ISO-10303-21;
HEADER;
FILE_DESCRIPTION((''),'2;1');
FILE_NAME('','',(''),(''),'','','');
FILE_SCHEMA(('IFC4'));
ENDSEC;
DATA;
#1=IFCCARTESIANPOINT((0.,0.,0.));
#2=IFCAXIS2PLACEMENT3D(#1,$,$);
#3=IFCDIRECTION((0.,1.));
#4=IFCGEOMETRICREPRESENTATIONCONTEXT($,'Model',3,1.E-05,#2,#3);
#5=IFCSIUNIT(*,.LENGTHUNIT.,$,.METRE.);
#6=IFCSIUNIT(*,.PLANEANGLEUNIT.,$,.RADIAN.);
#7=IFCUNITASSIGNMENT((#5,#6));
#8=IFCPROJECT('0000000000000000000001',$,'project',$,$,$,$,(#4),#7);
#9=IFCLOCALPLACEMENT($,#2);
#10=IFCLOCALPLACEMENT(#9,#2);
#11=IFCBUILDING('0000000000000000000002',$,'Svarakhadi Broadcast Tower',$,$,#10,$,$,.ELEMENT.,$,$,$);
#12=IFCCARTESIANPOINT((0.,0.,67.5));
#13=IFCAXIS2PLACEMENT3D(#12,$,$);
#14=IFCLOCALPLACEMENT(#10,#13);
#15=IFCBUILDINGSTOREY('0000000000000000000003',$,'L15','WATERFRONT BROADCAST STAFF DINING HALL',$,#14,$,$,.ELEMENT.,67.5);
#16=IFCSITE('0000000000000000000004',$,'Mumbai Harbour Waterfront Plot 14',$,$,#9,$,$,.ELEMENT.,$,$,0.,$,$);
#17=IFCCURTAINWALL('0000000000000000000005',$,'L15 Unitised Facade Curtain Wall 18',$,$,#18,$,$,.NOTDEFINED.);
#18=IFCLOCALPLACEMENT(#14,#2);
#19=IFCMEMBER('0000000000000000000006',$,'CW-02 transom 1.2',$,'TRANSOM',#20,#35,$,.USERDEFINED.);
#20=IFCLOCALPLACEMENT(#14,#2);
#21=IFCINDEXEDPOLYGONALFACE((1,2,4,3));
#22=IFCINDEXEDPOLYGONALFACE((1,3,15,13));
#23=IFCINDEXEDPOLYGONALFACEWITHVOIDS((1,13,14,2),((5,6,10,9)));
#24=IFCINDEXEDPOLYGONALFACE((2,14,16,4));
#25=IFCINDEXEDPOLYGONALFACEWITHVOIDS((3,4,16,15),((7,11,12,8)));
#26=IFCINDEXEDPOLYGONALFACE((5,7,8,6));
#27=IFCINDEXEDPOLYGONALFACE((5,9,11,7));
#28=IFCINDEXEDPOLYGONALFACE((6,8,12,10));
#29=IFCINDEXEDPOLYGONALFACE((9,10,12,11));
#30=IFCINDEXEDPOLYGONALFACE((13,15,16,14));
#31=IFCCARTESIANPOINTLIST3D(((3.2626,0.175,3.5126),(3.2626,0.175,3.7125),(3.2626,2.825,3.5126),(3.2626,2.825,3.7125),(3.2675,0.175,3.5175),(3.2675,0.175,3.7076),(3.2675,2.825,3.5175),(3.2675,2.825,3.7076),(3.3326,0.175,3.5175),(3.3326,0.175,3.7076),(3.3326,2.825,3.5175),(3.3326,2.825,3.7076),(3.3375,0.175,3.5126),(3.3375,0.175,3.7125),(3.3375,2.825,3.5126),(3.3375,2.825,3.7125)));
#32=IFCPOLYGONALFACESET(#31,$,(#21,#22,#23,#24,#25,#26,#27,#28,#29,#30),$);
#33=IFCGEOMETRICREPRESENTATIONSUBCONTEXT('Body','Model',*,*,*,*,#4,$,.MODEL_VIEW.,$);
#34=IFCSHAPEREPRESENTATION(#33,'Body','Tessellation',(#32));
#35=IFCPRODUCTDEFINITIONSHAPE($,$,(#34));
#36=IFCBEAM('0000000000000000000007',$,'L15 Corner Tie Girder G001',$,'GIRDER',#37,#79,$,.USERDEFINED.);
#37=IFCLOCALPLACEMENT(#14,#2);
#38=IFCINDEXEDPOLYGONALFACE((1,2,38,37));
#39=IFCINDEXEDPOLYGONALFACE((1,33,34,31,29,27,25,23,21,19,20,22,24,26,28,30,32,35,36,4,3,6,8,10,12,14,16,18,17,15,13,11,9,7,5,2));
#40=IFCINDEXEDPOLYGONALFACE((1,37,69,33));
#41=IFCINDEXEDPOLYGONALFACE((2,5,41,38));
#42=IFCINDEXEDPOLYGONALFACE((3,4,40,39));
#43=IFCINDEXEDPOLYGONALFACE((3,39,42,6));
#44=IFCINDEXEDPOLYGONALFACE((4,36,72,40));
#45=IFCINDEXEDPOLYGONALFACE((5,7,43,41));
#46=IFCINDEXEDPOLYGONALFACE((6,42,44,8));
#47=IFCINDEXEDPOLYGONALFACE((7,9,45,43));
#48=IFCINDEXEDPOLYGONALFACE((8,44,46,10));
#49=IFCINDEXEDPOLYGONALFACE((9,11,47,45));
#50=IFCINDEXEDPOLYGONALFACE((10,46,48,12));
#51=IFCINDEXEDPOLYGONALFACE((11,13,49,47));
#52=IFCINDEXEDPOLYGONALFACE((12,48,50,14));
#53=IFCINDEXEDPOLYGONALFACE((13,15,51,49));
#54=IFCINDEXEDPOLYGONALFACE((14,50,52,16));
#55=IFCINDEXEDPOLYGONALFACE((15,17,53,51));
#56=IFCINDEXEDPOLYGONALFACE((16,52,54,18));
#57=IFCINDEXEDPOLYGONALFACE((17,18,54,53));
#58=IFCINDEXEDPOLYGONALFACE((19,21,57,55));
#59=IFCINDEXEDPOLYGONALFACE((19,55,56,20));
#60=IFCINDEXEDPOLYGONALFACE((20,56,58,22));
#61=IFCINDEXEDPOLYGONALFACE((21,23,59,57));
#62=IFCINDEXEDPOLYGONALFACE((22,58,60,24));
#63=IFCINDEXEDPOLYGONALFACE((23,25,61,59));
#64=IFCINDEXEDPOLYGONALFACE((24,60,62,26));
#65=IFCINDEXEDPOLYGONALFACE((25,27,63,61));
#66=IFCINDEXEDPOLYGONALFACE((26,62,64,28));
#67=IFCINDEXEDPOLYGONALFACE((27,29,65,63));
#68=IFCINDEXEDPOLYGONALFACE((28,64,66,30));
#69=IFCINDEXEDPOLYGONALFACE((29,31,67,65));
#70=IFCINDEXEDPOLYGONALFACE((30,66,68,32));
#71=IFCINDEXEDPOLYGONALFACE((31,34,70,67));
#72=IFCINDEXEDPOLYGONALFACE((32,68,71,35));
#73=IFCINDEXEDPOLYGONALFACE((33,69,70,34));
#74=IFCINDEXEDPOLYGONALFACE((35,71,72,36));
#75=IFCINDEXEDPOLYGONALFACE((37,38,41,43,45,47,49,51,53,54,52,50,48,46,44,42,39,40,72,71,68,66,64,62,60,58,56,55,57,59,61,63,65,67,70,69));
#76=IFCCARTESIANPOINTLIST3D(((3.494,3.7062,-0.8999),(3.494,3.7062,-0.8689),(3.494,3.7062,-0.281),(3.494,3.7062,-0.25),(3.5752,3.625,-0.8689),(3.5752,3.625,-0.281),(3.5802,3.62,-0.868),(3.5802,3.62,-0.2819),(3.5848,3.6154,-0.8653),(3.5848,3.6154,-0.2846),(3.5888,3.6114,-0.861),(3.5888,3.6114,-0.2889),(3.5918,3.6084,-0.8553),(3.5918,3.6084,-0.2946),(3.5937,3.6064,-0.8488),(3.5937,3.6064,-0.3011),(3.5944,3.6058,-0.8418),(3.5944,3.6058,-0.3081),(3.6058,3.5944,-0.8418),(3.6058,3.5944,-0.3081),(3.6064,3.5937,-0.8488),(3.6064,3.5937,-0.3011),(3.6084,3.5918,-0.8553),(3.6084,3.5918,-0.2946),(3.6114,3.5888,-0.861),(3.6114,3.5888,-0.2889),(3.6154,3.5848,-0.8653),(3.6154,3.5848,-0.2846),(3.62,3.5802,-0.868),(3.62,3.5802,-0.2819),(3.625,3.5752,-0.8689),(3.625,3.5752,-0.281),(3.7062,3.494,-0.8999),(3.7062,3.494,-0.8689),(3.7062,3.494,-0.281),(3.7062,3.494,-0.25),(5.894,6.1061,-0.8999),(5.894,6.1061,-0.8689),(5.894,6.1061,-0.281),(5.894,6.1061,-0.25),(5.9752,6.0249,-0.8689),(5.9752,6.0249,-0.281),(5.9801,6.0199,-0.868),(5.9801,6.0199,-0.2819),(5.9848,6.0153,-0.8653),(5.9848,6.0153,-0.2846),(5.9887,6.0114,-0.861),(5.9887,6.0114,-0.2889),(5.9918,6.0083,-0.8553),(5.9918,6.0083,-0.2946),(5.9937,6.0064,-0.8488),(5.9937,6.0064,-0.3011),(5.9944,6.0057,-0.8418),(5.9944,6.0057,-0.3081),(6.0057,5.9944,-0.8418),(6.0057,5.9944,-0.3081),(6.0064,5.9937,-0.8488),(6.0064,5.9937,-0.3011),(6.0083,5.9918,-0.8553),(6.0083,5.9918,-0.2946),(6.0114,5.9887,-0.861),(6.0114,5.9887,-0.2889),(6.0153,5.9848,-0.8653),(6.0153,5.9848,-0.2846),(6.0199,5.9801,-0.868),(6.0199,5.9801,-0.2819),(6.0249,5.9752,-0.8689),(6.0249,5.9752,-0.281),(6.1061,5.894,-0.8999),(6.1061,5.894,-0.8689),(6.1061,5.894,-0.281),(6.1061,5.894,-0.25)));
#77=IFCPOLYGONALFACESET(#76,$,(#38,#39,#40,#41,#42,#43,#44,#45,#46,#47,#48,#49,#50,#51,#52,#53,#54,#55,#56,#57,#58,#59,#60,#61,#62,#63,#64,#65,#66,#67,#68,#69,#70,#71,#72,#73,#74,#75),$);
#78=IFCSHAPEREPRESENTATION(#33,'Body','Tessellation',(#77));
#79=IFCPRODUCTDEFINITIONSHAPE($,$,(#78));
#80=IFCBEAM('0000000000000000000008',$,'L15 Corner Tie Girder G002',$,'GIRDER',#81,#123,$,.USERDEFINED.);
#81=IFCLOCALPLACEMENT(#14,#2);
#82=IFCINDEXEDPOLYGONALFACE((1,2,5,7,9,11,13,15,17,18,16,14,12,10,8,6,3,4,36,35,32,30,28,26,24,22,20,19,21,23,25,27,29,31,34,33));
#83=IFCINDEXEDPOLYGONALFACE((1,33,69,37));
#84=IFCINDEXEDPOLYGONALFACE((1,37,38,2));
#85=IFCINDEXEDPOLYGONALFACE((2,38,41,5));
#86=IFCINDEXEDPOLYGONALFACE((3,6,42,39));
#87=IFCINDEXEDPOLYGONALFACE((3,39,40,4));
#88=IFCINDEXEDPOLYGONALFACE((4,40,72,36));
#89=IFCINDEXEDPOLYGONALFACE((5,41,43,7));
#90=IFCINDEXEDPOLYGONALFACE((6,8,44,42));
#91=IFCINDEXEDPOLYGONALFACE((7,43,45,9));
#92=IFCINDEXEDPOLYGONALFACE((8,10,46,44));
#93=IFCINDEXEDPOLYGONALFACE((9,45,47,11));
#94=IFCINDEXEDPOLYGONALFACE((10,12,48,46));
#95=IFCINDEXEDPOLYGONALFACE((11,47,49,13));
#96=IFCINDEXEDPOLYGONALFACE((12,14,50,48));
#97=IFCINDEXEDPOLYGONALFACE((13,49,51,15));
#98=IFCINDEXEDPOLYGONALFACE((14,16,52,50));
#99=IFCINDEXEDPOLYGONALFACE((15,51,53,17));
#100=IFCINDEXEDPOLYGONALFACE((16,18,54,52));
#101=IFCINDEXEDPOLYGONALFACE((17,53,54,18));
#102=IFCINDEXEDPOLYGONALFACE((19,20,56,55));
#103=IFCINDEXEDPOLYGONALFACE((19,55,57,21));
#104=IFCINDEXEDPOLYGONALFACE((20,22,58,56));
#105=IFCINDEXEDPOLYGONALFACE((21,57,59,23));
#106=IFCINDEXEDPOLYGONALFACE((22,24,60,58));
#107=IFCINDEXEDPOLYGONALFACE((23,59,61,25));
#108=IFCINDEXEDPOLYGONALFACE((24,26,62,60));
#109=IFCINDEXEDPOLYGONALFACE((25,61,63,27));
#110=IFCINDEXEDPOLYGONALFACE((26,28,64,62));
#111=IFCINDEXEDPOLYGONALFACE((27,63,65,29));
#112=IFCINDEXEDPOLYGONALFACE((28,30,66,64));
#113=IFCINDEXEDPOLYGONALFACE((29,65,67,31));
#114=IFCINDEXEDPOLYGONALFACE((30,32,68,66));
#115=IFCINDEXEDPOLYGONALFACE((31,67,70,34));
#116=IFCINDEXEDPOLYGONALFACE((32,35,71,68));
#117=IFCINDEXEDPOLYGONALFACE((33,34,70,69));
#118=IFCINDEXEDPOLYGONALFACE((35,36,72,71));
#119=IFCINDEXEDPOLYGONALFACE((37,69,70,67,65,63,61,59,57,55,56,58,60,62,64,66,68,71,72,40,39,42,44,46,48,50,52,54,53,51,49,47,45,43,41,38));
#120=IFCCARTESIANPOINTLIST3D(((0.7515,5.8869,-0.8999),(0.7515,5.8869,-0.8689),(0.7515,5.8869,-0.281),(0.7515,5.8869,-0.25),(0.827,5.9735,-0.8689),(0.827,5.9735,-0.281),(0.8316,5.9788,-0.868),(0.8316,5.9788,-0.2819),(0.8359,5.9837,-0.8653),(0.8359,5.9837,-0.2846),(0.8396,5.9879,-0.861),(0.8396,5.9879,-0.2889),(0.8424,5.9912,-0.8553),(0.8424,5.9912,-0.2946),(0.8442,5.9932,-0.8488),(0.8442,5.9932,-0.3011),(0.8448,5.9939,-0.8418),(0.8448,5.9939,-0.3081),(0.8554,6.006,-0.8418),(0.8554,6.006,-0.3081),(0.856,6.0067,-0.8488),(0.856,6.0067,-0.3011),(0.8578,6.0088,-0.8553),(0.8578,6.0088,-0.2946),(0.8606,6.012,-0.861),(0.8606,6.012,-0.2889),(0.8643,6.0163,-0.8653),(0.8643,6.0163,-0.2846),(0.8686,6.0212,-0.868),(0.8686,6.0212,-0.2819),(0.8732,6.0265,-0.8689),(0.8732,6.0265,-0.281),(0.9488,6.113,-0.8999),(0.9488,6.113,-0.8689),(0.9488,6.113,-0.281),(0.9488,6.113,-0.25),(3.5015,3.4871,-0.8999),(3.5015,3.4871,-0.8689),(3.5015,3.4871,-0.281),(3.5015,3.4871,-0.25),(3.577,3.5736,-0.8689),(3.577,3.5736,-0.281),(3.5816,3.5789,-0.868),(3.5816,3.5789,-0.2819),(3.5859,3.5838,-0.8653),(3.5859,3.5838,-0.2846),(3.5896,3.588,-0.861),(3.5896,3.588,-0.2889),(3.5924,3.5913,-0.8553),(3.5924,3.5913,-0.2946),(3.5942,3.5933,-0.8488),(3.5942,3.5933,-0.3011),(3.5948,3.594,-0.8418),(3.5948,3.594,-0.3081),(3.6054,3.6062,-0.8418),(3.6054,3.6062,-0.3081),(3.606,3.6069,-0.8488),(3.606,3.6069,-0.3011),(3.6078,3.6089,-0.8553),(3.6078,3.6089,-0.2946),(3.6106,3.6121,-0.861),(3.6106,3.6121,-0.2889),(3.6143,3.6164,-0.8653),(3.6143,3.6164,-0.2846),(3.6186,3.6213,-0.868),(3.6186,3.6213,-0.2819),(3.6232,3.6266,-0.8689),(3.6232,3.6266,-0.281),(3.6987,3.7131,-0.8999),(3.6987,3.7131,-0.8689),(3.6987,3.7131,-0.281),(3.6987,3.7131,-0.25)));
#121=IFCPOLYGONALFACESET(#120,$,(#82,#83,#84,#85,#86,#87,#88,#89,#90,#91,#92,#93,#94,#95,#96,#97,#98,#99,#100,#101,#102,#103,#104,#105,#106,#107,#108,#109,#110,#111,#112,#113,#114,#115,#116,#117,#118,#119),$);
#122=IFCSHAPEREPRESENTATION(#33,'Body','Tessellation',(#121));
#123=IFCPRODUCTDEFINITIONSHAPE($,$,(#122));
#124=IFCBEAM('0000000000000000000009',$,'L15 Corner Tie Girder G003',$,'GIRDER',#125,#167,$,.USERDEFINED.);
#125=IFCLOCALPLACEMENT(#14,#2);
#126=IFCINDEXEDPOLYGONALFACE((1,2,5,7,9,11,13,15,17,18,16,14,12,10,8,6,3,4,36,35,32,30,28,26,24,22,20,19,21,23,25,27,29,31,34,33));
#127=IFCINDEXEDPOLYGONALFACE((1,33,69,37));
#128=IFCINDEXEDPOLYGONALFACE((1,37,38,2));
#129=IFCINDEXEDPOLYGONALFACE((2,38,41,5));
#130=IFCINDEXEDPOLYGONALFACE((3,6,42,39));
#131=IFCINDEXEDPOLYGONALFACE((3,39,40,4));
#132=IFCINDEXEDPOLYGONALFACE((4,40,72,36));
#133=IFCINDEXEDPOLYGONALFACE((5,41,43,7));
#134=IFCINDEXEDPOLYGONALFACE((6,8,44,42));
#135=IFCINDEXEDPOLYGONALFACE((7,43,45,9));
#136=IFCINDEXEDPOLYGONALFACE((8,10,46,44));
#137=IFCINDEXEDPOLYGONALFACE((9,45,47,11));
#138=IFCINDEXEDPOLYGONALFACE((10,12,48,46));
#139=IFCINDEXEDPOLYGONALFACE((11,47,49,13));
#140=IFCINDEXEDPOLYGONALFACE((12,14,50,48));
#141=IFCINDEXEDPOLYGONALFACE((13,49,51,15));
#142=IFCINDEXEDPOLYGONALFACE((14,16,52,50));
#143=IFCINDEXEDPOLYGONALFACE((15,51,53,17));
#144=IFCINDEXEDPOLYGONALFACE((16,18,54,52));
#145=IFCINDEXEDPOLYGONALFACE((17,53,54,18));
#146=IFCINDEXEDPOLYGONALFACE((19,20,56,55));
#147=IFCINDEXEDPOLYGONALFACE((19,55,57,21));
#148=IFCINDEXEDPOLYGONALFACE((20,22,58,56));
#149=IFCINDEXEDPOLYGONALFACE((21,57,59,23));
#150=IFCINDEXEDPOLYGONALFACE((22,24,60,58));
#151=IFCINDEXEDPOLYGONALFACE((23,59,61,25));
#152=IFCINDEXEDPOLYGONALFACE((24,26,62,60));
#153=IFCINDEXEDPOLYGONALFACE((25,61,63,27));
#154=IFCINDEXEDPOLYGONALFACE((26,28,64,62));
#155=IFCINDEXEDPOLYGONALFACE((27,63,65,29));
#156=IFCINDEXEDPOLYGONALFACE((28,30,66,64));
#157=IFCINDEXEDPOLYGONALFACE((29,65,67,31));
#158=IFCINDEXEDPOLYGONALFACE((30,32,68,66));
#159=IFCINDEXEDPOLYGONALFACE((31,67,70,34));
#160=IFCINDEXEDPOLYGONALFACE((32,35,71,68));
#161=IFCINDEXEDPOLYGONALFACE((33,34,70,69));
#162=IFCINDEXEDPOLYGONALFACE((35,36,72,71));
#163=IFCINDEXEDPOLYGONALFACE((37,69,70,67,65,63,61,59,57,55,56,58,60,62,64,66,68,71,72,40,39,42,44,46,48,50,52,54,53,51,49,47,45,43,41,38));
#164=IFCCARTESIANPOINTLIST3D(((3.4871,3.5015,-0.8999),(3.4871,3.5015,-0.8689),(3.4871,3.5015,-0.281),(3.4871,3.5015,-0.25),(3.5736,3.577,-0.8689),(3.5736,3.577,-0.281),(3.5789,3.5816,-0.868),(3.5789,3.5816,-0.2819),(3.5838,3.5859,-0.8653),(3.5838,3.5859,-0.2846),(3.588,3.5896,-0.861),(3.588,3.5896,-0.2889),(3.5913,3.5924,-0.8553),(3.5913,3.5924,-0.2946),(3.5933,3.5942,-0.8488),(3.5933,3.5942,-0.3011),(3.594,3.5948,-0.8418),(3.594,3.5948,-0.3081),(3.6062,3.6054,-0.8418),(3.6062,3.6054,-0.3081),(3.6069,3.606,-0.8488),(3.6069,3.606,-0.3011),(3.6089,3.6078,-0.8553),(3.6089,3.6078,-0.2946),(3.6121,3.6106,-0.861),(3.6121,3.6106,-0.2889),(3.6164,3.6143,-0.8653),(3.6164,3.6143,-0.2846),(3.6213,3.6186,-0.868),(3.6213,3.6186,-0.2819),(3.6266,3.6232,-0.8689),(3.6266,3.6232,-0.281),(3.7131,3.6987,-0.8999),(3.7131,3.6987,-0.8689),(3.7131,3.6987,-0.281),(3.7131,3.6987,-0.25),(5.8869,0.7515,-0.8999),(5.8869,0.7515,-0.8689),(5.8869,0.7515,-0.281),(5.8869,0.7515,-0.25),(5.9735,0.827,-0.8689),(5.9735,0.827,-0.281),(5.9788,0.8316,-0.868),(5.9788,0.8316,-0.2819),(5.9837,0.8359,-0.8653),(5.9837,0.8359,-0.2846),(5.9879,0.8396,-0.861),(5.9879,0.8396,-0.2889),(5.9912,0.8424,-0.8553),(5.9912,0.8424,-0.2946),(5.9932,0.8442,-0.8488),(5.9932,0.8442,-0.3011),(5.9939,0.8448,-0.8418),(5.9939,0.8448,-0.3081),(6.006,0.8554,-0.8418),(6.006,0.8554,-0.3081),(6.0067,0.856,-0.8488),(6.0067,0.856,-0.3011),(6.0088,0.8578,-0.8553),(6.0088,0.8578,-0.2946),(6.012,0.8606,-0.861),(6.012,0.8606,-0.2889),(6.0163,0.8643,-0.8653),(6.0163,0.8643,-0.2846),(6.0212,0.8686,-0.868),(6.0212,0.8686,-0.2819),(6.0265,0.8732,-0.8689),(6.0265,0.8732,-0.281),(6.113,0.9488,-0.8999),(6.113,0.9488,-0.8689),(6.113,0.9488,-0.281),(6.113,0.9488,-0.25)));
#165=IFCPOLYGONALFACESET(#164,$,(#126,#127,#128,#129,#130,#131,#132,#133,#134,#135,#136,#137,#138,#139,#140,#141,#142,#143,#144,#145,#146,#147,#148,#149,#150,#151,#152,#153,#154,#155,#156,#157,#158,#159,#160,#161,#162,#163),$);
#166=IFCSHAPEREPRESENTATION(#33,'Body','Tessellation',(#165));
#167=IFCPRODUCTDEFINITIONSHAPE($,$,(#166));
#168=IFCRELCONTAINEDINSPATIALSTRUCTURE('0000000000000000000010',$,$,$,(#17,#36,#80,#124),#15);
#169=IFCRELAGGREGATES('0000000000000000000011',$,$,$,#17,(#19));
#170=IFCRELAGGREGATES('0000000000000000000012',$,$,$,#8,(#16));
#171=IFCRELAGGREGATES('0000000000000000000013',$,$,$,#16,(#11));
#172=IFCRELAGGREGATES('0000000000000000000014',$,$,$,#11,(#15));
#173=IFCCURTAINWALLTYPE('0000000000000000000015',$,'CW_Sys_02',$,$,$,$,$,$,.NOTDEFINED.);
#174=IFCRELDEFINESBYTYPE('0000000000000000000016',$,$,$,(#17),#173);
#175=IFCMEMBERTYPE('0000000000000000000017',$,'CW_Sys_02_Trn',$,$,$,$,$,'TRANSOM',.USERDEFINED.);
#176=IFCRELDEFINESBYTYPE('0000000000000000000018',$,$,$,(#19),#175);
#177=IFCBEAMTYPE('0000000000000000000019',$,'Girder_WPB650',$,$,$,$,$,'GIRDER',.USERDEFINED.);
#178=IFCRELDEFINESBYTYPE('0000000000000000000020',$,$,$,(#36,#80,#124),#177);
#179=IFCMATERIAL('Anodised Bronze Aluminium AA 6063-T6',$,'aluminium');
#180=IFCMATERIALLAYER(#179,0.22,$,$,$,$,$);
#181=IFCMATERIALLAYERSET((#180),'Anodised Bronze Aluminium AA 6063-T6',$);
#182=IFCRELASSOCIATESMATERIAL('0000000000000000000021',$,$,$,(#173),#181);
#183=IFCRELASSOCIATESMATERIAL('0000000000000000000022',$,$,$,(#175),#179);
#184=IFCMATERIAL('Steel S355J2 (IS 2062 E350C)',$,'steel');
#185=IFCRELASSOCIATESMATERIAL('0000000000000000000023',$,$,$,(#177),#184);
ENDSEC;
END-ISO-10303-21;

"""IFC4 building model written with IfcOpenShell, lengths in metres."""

from ifc_helpers import new_model, si_unit, direction, frame, origin, origin_2d, place, context, subcontext, project, spatial, hollow_rectangle, i_section, extrude, material, layer, layer_set, material_profile, profile_set, type_object, element, aggregate, save


model = new_model("IFC4")

# Units and contexts
model_context = context("Model", 3, precision=1e-05, world=origin(), true_north=direction((0.0, 1.0)))
body_context = subcontext(model_context, "Body", "Model", "MODEL_VIEW")
ifc_project = project(units=[si_unit("LENGTHUNIT", "METRE"), si_unit("PLANEANGLEUNIT", "RADIAN")], contexts=[model_context])

# Site, building, storey
site_placement = place(None, origin())
site = spatial("IfcSite", under=ifc_project, at=site_placement, Name="Mumbai Harbour Waterfront Plot 14", CompositionType="ELEMENT", RefElevation=0.0)
building_placement = place(site_placement, origin())
building = spatial("IfcBuilding", under=site, at=building_placement, Name="Svarakhadi Broadcast Tower", CompositionType="ELEMENT")
storey_placement = place(building_placement, frame((0.0, 0.0, 67.5)))
storey = spatial("IfcBuildingStorey", under=building, at=storey_placement, Name="L15", Description="WATERFRONT BROADCAST STAFF DINING HALL", CompositionType="ELEMENT", Elevation=67.5)

# Shared definitions
ifc_material_1 = material(Name="Anodised Bronze Aluminium AA 6063-T6", Category="aluminium")
ifc_layer_1 = layer(ifc_material_1, 0.22)
ifc_layer_set_1 = layer_set([ifc_layer_1], Name="Anodised Bronze Aluminium AA 6063-T6")
curtain_wall_type = type_object("IfcCurtainWallType", Name="CW_Sys_02", PredefinedType="NOTDEFINED", material=ifc_layer_set_1)

# Curtain wall
curtain_wall_1_placement = place(storey_placement, origin())
curtain_wall_1 = element("IfcCurtainWall", 1, at=curtain_wall_1_placement, inside=storey, type_object=curtain_wall_type, Name="L15 Unitised Facade Curtain Wall 18", PredefinedType="NOTDEFINED")

# Member
ifc_material_profile_1 = material_profile(ifc_material_1, hollow_rectangle(XDim=0.075, YDim=0.2, WallThickness=0.0049, at=origin_2d()), Name="ALU TRANSOM 200x75x5")
ifc_profile_set_1 = profile_set([ifc_material_profile_1], Name="Anodised Bronze Aluminium AA 6063-T6")
member_type_1 = type_object("IfcMemberType", Name="CW_Sys_02_Trn", ElementType="TRANSOM", PredefinedType="USERDEFINED", material=ifc_profile_set_1)
member_1_placement = place(storey_placement, frame((3.3, 0.175, 3.6125), z_axis=(0.0, 1.0, 0.0), x_axis=(-1.0, 0.0, 0.0)))
member_1 = element("IfcMember", 2, at=member_1_placement, type_object=member_type_1, Name="CW-02 transom 1.2", ObjectType="TRANSOM", PredefinedType="USERDEFINED", context=body_context, shape_type="SweptSolid", body=[
    extrude(hollow_rectangle(XDim=0.075, YDim=0.2, WallThickness=0.0049, at=origin_2d()), origin(), (0.0, 0.0, 1.0), 2.6499),
])

# Beams
ifc_material_2 = material(Name="Steel S355J2 (IS 2062 E350C)", Category="steel")
ifc_material_profile_2 = material_profile(ifc_material_2, i_section(OverallWidth=0.3, OverallDepth=0.6499, WebThickness=0.0161, FlangeThickness=0.031, FilletRadius=0.0271, at=origin_2d()), Name="WPB 650x300x225")
ifc_profile_set_2 = profile_set([ifc_material_profile_2], Name="Steel S355J2 (IS 2062 E350C)")
beam_type = type_object("IfcBeamType", Name="Girder_WPB650", ElementType="GIRDER", PredefinedType="USERDEFINED", material=ifc_profile_set_2)
beam_1_placement = place(storey_placement, frame((3.6001, 3.6001, -0.575), z_axis=(0.707107, 0.707107, 0.0), x_axis=(-0.707107, 0.707107, 0.0)))
element("IfcBeam", 3, at=beam_1_placement, inside=storey, type_object=beam_type, Name="L15 Corner Tie Girder G001", ObjectType="GIRDER", PredefinedType="USERDEFINED", context=body_context, shape_type="SweptSolid", body=[
    extrude(i_section(OverallWidth=0.3, OverallDepth=0.6499, WebThickness=0.0161, FlangeThickness=0.031, FilletRadius=0.0271, at=origin_2d()), origin(), (0.0, 0.0, 1.0), 3.394),
])
for number, where, z_axis, x_axis, name in (
    (4, (3.6001, 3.6001, -0.575), (-0.753438, 0.657519, 0.0), (-0.657519, -0.753438, 0.0), "L15 Corner Tie Girder G002"),
    (5, (3.6001, 3.6001, -0.575), (0.657519, -0.753438, 0.0), (0.753438, 0.657519, 0.0), "L15 Corner Tie Girder G003"),
):
    element("IfcBeam", number, at=place(storey_placement, frame(where, z_axis=z_axis, x_axis=x_axis)), inside=storey, type_object=beam_type, Name=name, ObjectType="GIRDER", PredefinedType="USERDEFINED", context=body_context, shape_type="SweptSolid", body=[
        extrude(i_section(OverallWidth=0.3, OverallDepth=0.6499, WebThickness=0.0161, FlangeThickness=0.031, FilletRadius=0.0271, at=origin_2d()), origin(), (0.0, 0.0, 1.0), 3.6499),
    ])

aggregate(curtain_wall_1, [member_1])

save(model, "model.ifc")
